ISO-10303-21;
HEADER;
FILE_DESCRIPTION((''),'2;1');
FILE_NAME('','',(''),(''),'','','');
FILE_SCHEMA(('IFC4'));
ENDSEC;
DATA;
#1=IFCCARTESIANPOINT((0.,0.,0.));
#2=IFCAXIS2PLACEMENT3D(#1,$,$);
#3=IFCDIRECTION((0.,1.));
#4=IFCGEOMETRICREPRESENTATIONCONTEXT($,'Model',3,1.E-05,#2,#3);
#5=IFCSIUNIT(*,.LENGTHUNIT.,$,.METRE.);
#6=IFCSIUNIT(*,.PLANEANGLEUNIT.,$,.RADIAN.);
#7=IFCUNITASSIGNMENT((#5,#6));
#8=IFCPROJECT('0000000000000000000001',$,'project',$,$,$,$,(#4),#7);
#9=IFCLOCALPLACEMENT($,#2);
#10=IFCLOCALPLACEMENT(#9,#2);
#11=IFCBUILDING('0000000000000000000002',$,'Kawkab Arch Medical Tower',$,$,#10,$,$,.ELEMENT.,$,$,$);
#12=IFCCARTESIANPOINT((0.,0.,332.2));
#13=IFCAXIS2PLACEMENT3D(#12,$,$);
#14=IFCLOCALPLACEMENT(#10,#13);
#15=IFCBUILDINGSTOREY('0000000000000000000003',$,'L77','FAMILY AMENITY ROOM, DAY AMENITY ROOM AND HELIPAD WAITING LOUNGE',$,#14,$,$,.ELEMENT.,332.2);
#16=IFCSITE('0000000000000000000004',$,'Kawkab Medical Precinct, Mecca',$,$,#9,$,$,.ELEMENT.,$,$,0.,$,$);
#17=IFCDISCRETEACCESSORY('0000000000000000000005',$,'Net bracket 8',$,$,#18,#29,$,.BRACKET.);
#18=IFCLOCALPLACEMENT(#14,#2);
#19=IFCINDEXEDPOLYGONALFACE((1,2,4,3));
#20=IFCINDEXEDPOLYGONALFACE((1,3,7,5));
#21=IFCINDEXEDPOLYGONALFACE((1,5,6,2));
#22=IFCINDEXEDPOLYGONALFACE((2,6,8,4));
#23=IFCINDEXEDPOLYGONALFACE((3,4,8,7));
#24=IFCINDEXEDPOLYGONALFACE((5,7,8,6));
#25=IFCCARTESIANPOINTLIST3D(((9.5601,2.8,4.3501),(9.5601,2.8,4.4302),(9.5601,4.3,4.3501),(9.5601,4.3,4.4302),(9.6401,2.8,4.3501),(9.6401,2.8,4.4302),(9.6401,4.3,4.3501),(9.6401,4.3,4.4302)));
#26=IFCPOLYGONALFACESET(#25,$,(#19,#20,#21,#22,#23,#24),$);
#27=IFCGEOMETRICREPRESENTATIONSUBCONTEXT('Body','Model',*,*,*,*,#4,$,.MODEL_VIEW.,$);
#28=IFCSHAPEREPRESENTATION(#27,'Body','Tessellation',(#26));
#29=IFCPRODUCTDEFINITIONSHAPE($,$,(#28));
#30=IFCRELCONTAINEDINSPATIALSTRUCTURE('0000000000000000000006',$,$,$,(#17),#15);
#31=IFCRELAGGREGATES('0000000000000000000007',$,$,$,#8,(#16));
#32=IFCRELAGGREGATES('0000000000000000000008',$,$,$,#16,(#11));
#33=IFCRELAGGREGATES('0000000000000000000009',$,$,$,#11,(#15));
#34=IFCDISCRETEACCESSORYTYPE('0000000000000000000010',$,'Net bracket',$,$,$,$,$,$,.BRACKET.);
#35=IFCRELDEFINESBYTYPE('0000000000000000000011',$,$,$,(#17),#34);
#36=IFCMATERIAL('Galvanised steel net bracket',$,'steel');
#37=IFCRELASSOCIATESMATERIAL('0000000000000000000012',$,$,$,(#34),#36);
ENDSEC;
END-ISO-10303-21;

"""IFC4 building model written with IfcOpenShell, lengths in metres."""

from ifc_helpers import new_model, si_unit, direction, frame, origin, origin_2d, place, context, subcontext, project, spatial, rectangle, extrude, material, type_object, element, save


model = new_model("IFC4")

# Units and contexts
model_context = context("Model", 3, precision=1e-05, world=origin(), true_north=direction((0.0, 1.0)))
body_context = subcontext(model_context, "Body", "Model", "MODEL_VIEW")
ifc_project = project(units=[si_unit("LENGTHUNIT", "METRE"), si_unit("PLANEANGLEUNIT", "RADIAN")], contexts=[model_context])

# Site, building, storey
site_placement = place(None, origin())
site = spatial("IfcSite", under=ifc_project, at=site_placement, Name="Kawkab Medical Precinct, Mecca", CompositionType="ELEMENT", RefElevation=0.0)
building_placement = place(site_placement, origin())
building = spatial("IfcBuilding", under=site, at=building_placement, Name="Kawkab Arch Medical Tower", CompositionType="ELEMENT")
storey_placement = place(building_placement, frame((0.0, 0.0, 332.2)))
storey = spatial("IfcBuildingStorey", under=building, at=storey_placement, Name="L77", Description="FAMILY AMENITY ROOM, DAY AMENITY ROOM AND HELIPAD WAITING LOUNGE", CompositionType="ELEMENT", Elevation=332.2)

# Discrete accessory
ifc_material_1 = material(Name="Galvanised steel net bracket", Category="steel")
discrete_accessory_type = type_object("IfcDiscreteAccessoryType", Name="Net bracket", PredefinedType="BRACKET", material=ifc_material_1)
for number, where, z_axis, x_axis, name in (
    (1, (9.6001, 3.55, 4.3501), (0.0, 0.0, 1.0), (0.0, 1.0, 0.0), "Net bracket 8"),
):
    element("IfcDiscreteAccessory", number, at=place(storey_placement, frame(where, z_axis=z_axis, x_axis=x_axis)), inside=storey, type_object=discrete_accessory_type, Name=name, PredefinedType="BRACKET", context=body_context, shape_type="SweptSolid", body=[
        extrude(rectangle(XDim=1.5, YDim=0.0801, at=origin_2d()), origin(), (0.0, 0.0, 1.0), 0.0801),
    ])

save(model, "model.ifc")
